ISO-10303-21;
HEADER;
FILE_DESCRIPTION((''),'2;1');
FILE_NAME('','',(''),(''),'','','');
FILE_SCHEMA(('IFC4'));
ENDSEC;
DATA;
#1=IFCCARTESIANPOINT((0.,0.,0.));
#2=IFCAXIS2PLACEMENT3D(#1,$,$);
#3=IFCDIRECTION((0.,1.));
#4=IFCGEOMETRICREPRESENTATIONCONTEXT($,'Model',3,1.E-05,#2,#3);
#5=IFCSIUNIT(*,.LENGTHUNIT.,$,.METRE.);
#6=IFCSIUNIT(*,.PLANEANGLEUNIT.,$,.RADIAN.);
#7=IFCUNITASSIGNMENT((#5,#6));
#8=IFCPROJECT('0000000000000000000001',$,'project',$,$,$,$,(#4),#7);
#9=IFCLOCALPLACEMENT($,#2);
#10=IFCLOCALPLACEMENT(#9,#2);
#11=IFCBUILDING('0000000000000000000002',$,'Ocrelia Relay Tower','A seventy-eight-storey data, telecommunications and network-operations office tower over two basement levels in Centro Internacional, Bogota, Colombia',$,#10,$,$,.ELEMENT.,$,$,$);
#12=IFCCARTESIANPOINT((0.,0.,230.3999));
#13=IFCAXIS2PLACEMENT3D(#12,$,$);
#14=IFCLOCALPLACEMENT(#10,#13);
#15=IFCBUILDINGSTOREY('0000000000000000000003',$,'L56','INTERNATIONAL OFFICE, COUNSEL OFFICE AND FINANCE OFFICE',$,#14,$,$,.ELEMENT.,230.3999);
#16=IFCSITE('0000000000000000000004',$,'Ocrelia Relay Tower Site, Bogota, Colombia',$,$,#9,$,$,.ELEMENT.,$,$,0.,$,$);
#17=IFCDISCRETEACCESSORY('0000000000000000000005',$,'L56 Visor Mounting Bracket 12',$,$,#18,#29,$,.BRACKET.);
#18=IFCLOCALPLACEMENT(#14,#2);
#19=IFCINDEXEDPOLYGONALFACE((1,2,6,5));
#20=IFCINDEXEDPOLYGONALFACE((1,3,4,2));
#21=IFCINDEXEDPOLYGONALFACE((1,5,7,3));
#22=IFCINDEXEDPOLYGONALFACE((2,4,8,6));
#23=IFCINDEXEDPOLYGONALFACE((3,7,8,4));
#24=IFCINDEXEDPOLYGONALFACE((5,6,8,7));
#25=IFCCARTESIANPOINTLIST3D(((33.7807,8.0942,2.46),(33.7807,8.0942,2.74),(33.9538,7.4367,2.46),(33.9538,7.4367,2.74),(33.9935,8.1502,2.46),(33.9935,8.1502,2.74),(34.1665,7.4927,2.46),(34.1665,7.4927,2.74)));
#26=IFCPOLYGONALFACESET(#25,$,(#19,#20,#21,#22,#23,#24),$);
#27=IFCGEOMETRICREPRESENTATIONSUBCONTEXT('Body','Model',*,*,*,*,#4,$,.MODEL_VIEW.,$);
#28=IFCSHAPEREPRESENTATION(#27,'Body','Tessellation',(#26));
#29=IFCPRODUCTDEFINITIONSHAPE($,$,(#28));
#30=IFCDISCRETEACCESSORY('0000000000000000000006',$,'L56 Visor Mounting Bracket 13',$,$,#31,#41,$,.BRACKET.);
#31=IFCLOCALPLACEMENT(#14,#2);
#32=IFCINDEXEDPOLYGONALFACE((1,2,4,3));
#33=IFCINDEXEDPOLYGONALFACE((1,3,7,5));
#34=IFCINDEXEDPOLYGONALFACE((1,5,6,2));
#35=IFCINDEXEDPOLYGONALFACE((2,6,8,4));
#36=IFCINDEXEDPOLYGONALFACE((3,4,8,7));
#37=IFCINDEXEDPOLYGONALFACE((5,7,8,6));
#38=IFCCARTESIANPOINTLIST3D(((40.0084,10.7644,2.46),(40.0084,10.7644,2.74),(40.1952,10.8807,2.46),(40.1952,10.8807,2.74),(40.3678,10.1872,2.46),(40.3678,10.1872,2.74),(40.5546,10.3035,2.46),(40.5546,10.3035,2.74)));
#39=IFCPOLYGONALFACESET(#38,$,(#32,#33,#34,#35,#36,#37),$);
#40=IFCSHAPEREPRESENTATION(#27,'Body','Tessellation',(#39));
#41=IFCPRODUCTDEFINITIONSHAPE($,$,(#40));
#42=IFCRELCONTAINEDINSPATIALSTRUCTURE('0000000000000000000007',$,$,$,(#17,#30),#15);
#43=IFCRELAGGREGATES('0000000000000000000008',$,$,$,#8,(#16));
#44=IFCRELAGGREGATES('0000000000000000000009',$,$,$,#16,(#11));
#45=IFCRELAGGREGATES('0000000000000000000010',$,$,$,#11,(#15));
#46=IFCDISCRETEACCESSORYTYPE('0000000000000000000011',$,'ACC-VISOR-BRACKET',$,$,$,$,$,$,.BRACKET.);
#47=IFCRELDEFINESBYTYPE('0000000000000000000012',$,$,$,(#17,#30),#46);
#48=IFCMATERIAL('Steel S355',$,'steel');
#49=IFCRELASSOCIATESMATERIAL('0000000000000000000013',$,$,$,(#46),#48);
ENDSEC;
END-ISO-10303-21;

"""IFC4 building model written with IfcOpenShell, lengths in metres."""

from ifc_helpers import new_model, si_unit, direction, frame, origin, origin_2d, place, context, subcontext, project, spatial, rectangle, extrude, material, type_object, element, save


model = new_model("IFC4")

# Units and contexts
model_context = context("Model", 3, precision=1e-05, world=origin(), true_north=direction((0.0, 1.0)))
body_context = subcontext(model_context, "Body", "Model", "MODEL_VIEW")
ifc_project = project(units=[si_unit("LENGTHUNIT", "METRE"), si_unit("PLANEANGLEUNIT", "RADIAN")], contexts=[model_context])

# Site, building, storey
site_placement = place(None, origin())
site = spatial("IfcSite", under=ifc_project, at=site_placement, Name="Ocrelia Relay Tower Site, Bogota, Colombia", CompositionType="ELEMENT", RefElevation=0.0)
building_placement = place(site_placement, origin())
building = spatial("IfcBuilding", under=site, at=building_placement, Name="Ocrelia Relay Tower", Description="A seventy-eight-storey data, telecommunications and network-operations office tower over two basement levels in Centro Internacional, Bogota, Colombia", CompositionType="ELEMENT")
storey_placement = place(building_placement, frame((0.0, 0.0, 230.3999)))
storey = spatial("IfcBuildingStorey", under=building, at=storey_placement, Name="L56", Description="INTERNATIONAL OFFICE, COUNSEL OFFICE AND FINANCE OFFICE", CompositionType="ELEMENT", Elevation=230.3999)

# Shared definitions
ifc_material_1 = material(Name="Steel S355", Category="steel")

# Discrete accessories
discrete_accessory_type = type_object("IfcDiscreteAccessoryType", Name="ACC-VISOR-BRACKET", PredefinedType="BRACKET", material=ifc_material_1)
for number, where, z_axis, x_axis, name in (
    (1, (33.9736, 7.7935, 2.46), (0.0, 0.0, 1.0), (0.967065, 0.254531, 0.0), "L56 Visor Mounting Bracket 12"),
    (2, (40.2815, 10.5339, 2.46), (0.0, 0.0, 1.0), (0.848888, 0.528573, 0.0), "L56 Visor Mounting Bracket 13"),
):
    element("IfcDiscreteAccessory", number, at=place(storey_placement, frame(where, z_axis=z_axis, x_axis=x_axis)), inside=storey, type_object=discrete_accessory_type, Name=name, PredefinedType="BRACKET", context=body_context, shape_type="SweptSolid", body=[
        extrude(rectangle(XDim=0.22, YDim=0.6799, at=origin_2d()), origin(), (0.0, 0.0, 1.0), 0.28),
    ])

save(model, "model.ifc")
